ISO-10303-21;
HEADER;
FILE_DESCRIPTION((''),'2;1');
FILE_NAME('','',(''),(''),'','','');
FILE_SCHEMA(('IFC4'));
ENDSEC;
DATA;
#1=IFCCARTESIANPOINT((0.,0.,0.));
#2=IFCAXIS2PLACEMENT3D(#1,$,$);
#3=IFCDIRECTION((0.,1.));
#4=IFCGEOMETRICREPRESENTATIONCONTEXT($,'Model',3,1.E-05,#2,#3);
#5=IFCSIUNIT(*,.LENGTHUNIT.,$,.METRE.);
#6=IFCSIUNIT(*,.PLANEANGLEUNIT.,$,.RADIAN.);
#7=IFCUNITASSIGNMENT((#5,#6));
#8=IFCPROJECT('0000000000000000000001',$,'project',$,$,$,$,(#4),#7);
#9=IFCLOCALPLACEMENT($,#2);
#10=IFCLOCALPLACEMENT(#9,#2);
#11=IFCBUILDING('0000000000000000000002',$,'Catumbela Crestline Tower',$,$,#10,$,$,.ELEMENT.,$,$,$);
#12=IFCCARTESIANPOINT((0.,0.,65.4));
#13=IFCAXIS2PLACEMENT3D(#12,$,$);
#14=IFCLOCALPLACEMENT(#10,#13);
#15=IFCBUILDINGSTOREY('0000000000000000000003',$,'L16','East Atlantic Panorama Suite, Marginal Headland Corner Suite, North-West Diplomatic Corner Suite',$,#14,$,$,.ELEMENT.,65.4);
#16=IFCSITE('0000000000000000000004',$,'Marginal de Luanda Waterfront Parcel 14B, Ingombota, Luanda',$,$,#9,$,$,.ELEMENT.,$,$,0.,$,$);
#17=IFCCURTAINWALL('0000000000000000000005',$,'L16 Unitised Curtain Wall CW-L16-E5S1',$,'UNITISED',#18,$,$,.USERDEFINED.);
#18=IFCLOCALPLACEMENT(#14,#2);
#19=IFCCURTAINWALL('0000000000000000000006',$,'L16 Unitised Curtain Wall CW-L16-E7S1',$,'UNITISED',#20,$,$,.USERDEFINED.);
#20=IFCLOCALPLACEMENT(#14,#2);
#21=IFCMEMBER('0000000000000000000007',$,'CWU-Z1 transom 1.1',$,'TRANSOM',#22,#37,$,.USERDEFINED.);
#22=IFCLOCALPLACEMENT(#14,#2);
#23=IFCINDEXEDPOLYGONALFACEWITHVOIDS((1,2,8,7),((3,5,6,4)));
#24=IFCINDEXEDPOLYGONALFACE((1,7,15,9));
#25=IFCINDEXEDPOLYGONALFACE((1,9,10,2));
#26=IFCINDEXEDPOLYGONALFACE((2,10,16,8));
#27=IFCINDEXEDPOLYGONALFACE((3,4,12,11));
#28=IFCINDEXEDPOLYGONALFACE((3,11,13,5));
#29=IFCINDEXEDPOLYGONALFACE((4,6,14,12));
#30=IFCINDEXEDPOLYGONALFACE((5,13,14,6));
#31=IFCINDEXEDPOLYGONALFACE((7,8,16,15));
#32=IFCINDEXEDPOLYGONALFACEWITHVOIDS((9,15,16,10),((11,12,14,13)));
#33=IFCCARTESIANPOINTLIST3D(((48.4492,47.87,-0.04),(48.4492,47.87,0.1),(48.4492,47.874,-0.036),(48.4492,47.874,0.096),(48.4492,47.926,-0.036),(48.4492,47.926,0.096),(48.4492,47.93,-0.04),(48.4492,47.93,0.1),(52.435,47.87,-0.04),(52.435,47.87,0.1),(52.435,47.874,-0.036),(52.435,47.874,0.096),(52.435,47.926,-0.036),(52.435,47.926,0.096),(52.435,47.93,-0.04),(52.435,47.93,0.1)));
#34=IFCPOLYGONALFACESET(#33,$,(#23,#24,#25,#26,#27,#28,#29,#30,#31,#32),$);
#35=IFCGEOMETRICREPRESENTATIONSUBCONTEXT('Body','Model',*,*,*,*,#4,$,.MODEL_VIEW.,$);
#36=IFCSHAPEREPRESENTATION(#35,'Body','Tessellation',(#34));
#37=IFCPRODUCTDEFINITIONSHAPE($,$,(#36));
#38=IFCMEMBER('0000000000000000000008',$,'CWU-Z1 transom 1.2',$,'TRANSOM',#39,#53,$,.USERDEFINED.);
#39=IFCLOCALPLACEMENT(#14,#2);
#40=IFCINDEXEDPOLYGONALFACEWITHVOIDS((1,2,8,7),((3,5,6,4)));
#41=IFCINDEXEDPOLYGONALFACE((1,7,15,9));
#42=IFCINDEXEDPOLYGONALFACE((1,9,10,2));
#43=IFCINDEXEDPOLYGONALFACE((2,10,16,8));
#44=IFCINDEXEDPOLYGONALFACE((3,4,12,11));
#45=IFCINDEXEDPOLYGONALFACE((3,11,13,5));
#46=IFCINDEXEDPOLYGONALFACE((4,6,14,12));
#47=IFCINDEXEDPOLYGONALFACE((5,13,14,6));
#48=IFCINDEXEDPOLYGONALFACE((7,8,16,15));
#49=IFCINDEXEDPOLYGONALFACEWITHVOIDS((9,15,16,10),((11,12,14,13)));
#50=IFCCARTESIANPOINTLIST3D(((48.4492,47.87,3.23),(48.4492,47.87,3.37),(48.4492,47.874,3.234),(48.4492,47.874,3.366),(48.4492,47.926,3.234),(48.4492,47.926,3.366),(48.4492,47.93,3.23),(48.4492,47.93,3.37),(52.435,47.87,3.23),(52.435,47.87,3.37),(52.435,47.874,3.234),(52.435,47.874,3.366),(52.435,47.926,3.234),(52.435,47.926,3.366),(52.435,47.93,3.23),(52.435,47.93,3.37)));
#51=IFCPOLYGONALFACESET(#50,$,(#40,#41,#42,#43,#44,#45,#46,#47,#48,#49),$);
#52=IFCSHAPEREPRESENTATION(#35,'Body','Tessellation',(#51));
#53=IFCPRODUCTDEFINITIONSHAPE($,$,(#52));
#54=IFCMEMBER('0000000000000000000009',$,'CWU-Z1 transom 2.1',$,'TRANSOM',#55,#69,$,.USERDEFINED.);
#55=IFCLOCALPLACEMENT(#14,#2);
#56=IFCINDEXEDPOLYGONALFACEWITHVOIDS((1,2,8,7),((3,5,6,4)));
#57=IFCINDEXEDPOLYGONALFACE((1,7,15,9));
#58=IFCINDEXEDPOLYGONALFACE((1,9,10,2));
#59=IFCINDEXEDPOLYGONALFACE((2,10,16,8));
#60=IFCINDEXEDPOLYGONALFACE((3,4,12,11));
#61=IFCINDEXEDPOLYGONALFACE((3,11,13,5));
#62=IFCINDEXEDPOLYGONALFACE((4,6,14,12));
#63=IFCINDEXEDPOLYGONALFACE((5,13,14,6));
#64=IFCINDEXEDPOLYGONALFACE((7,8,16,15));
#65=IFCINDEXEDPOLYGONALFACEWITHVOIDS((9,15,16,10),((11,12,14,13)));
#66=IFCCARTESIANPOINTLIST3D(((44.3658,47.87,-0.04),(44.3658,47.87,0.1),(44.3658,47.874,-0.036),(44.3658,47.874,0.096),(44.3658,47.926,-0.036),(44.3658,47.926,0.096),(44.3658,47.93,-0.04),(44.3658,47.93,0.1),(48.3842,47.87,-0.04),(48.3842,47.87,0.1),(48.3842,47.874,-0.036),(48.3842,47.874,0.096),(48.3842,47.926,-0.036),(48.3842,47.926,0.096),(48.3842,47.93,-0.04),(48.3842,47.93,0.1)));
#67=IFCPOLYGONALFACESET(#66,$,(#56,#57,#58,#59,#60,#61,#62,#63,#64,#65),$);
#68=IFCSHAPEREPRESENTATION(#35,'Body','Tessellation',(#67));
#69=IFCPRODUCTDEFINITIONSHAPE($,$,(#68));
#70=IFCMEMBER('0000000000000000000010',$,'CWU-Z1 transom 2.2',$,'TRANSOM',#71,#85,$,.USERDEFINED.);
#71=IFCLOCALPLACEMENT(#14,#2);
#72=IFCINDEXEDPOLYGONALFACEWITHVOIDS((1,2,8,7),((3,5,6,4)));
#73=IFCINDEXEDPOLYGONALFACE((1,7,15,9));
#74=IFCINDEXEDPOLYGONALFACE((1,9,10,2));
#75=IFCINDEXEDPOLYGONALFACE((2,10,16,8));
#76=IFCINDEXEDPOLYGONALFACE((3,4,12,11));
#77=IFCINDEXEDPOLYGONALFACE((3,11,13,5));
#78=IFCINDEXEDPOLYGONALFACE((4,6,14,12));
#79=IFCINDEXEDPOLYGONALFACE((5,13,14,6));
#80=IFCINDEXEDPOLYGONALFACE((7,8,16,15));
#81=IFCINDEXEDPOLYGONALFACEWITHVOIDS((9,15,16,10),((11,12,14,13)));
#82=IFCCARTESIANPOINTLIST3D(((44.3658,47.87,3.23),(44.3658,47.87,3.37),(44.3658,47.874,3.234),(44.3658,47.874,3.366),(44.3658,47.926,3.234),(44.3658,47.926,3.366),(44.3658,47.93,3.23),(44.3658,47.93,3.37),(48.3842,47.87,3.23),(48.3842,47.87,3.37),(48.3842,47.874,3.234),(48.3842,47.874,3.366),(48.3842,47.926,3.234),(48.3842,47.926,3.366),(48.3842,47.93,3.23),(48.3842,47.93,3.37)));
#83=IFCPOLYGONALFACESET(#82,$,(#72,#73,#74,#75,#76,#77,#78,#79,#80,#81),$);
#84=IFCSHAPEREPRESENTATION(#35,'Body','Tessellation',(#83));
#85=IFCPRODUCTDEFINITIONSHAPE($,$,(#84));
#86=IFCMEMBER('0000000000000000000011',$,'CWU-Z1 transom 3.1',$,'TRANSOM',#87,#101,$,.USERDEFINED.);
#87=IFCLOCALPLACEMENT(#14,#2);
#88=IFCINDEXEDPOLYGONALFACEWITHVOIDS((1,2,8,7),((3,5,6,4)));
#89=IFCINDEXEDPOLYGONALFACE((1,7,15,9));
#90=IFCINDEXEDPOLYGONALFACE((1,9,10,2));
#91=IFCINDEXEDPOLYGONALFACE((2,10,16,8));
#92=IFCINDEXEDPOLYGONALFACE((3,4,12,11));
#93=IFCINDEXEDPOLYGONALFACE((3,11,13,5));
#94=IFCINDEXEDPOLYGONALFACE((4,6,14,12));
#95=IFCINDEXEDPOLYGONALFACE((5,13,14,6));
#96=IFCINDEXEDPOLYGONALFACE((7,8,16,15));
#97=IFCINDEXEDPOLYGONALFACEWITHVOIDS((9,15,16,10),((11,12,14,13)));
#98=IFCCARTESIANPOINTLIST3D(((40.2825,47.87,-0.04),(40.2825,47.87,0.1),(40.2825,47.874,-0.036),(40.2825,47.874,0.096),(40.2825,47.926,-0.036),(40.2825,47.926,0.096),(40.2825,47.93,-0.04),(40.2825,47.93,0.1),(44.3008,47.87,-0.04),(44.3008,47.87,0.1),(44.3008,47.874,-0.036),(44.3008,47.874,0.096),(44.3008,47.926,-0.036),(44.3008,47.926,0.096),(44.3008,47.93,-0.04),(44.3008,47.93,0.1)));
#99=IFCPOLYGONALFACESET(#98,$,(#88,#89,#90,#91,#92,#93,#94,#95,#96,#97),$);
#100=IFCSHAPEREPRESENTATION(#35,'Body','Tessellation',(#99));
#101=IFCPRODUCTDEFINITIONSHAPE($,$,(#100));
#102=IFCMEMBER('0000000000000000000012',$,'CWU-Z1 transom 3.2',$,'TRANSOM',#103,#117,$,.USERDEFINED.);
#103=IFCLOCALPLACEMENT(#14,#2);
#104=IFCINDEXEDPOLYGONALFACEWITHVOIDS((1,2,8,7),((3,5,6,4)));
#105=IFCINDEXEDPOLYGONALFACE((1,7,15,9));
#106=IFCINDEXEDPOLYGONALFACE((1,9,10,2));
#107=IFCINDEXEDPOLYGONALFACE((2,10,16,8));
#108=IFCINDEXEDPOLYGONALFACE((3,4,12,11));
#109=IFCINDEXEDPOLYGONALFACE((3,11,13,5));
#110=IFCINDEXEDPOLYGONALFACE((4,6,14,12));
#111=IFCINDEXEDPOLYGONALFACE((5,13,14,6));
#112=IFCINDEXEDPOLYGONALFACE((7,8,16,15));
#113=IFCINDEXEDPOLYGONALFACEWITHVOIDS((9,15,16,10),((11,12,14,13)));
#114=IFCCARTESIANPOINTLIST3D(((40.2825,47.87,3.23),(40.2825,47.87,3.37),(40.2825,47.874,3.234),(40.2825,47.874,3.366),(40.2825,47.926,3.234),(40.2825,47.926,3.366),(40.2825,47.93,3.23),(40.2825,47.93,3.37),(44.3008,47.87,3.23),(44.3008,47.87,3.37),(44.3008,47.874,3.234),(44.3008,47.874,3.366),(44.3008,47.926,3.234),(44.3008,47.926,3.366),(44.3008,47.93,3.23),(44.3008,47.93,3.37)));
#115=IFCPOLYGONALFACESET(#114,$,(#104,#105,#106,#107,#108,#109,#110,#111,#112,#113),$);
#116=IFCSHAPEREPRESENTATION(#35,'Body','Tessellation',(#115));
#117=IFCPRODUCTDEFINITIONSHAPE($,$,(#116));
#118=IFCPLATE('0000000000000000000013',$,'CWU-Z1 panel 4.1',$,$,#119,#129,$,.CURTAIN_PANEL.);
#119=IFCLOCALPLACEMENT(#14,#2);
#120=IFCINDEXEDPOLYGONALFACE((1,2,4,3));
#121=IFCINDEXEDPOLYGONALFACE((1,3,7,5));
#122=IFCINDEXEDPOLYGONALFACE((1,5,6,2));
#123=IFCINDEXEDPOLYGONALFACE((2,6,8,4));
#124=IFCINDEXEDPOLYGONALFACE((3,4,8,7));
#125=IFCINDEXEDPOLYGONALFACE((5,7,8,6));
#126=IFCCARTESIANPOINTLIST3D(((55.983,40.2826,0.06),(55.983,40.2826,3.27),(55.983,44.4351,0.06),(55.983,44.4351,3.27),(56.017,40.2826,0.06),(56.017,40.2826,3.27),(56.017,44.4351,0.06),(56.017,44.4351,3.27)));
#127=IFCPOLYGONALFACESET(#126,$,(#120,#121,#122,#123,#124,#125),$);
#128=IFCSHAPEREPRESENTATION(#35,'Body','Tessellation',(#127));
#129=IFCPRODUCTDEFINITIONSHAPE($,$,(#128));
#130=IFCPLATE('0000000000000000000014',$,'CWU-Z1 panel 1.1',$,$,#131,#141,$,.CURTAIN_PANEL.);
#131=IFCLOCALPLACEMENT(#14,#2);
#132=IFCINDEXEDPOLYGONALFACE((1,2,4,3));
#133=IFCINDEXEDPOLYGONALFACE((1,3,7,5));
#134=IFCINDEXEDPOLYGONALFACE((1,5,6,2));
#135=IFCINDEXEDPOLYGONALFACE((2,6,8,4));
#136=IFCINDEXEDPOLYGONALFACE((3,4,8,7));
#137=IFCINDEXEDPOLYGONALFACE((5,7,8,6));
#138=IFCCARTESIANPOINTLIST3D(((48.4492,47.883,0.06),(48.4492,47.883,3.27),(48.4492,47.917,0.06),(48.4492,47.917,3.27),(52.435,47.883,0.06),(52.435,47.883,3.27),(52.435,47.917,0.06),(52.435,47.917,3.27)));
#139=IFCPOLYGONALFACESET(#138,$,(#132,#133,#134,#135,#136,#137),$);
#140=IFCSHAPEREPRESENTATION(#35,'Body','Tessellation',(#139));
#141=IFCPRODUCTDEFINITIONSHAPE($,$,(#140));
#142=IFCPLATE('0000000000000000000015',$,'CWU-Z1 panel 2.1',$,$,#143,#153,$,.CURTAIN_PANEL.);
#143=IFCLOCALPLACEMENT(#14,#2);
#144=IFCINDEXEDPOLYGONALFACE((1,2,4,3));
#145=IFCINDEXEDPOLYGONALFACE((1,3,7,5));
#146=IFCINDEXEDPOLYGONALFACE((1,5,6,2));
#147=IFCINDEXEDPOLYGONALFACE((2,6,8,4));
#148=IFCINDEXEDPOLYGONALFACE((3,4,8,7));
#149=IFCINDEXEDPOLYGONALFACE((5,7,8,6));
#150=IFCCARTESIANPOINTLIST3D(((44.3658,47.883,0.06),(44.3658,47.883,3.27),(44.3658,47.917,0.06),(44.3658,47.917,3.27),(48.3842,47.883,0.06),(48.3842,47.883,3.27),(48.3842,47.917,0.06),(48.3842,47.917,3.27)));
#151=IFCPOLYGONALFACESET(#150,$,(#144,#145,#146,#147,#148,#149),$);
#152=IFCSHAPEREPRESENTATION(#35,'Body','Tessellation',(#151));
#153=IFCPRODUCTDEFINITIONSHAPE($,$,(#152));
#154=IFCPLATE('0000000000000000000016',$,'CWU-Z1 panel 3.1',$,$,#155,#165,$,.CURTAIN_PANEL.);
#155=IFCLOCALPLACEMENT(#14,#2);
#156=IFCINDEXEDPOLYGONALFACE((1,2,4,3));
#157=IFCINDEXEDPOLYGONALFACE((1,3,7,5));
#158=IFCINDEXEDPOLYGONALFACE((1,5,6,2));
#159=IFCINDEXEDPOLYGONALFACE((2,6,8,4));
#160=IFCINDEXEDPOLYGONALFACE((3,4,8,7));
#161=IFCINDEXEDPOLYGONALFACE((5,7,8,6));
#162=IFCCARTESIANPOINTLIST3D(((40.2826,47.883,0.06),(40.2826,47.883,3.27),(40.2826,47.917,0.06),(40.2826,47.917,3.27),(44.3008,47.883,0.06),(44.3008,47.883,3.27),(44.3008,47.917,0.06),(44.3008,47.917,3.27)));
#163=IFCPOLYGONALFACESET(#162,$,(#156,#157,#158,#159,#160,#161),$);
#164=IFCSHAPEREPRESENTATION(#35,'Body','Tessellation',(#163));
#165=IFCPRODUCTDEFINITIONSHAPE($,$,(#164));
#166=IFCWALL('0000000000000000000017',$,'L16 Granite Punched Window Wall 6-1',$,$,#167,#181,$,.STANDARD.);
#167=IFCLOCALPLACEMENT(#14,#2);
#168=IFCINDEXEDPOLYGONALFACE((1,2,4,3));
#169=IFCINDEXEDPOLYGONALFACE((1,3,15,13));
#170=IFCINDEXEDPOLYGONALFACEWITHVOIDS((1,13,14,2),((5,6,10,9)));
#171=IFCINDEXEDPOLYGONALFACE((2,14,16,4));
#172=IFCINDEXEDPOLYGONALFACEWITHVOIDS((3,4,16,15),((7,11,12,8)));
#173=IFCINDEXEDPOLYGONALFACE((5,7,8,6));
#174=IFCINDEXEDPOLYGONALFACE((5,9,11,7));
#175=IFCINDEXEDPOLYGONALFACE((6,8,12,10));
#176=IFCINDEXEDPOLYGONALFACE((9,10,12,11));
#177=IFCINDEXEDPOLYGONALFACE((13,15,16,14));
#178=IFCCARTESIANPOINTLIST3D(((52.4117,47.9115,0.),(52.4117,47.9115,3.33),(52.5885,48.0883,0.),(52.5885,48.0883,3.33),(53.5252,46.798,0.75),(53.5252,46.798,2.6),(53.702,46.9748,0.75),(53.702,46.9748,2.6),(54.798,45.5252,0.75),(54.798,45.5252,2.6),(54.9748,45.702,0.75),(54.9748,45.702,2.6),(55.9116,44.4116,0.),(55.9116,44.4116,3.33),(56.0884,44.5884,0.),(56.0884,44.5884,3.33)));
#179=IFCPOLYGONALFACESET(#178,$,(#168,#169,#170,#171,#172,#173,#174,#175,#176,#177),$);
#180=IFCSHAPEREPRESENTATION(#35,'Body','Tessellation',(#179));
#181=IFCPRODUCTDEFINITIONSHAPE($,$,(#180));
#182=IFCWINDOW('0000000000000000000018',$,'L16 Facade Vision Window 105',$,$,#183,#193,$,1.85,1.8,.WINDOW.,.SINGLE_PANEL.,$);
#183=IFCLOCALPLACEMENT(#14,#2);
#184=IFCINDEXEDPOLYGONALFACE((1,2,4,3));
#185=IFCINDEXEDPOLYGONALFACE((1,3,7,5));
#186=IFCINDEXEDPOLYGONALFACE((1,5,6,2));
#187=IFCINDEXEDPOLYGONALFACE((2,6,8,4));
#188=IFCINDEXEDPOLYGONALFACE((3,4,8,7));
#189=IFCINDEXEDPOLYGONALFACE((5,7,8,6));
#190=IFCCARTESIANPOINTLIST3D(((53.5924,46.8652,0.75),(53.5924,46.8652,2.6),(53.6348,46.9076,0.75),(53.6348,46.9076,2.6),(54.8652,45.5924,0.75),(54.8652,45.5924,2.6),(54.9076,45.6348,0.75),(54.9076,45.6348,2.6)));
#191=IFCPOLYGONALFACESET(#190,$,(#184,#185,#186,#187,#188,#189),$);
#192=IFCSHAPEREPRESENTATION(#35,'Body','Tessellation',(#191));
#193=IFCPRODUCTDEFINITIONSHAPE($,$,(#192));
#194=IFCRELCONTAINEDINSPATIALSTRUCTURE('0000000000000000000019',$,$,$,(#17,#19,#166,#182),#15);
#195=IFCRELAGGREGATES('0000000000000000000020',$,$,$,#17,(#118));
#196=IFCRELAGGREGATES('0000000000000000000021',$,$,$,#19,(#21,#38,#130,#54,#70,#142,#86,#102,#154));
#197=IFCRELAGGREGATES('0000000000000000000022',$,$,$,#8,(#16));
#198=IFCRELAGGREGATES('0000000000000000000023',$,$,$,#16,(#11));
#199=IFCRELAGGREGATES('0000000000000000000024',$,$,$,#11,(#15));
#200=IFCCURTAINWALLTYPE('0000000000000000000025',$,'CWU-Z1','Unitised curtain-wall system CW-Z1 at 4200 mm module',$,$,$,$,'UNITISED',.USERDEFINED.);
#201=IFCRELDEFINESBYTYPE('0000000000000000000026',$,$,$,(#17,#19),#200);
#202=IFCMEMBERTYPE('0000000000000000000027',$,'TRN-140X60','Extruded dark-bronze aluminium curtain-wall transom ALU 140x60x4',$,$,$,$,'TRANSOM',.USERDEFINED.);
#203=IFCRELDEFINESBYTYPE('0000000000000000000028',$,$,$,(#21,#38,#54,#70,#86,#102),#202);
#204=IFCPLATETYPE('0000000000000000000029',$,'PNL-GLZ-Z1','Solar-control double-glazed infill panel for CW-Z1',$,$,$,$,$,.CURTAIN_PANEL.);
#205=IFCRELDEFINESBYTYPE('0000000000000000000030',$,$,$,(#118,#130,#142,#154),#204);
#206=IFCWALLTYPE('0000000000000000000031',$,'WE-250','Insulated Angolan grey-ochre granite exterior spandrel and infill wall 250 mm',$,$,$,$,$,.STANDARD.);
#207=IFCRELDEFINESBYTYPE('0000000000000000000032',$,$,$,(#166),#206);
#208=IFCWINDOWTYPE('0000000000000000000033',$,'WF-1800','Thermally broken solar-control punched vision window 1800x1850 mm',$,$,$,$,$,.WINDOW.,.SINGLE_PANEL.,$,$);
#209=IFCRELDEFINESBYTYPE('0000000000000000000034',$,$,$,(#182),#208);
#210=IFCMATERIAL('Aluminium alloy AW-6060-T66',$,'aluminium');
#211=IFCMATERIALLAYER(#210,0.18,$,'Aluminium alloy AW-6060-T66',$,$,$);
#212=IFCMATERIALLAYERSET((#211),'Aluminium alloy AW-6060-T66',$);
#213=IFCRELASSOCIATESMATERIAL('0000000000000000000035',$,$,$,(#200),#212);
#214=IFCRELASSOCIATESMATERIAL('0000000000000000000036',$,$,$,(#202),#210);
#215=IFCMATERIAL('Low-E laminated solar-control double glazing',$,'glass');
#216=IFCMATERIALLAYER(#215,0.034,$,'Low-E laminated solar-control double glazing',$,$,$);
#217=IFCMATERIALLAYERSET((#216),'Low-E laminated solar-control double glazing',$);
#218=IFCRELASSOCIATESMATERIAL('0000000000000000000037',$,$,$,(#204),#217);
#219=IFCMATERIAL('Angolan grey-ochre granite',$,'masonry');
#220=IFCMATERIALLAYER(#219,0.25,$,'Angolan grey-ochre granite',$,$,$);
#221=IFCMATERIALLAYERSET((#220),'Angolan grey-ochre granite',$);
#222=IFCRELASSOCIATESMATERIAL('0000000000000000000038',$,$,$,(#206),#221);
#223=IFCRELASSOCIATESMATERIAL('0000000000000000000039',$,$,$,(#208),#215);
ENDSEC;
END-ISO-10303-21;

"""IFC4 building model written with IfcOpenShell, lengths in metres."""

from ifc_helpers import new_model, si_unit, direction, frame, frame_2d, origin, origin_2d, place, context, subcontext, project, spatial, rectangle, hollow_rectangle, extrude, material, layer, layer_set, material_profile, profile_set, type_object, element, fill, aggregate, save


model = new_model("IFC4")

# Units and contexts
model_context = context("Model", 3, precision=1e-05, world=origin(), true_north=direction((0.0, 1.0)))
body_context = subcontext(model_context, "Body", "Model", "MODEL_VIEW")
ifc_project = project(units=[si_unit("LENGTHUNIT", "METRE"), si_unit("PLANEANGLEUNIT", "RADIAN")], contexts=[model_context])

# Site, building, storey
site_placement = place(None, origin())
site = spatial("IfcSite", under=ifc_project, at=site_placement, Name="Marginal de Luanda Waterfront Parcel 14B, Ingombota, Luanda", CompositionType="ELEMENT", RefElevation=0.0)
building_placement = place(site_placement, origin())
building = spatial("IfcBuilding", under=site, at=building_placement, Name="Catumbela Crestline Tower", CompositionType="ELEMENT")
storey_placement = place(building_placement, frame((0.0, 0.0, 65.4)))
storey = spatial("IfcBuildingStorey", under=building, at=storey_placement, Name="L16", Description="East Atlantic Panorama Suite, Marginal Headland Corner Suite, North-West Diplomatic Corner Suite", CompositionType="ELEMENT", Elevation=65.4)

# Curtain walls
ifc_material_1 = material(Name="Aluminium alloy AW-6060-T66", Category="aluminium")
ifc_layer_1 = layer(ifc_material_1, 0.18, Name="Aluminium alloy AW-6060-T66")
ifc_layer_set_1 = layer_set([ifc_layer_1], Name="Aluminium alloy AW-6060-T66")
curtain_wall_type = type_object("IfcCurtainWallType", Name="CWU-Z1", Description="Unitised curtain-wall system CW-Z1 at 4200 mm module", ElementType="UNITISED", PredefinedType="USERDEFINED", material=ifc_layer_set_1)
curtain_wall_1_placement = place(storey_placement, origin())
curtain_wall_1 = element("IfcCurtainWall", 1, at=curtain_wall_1_placement, inside=storey, type_object=curtain_wall_type, Name="L16 Unitised Curtain Wall CW-L16-E5S1", ObjectType="UNITISED", PredefinedType="USERDEFINED")
curtain_wall_2_placement = place(storey_placement, origin())
curtain_wall_2 = element("IfcCurtainWall", 2, at=curtain_wall_2_placement, inside=storey, type_object=curtain_wall_type, Name="L16 Unitised Curtain Wall CW-L16-E7S1", ObjectType="UNITISED", PredefinedType="USERDEFINED")

# Members
ifc_material_profile_1 = material_profile(ifc_material_1, hollow_rectangle(XDim=0.06, YDim=0.14, WallThickness=0.004, at=origin_2d()), Name="ALU 140x60x4")
ifc_profile_set_1 = profile_set([ifc_material_profile_1], Name="Aluminium alloy AW-6060-T66")
member_type_1 = type_object("IfcMemberType", Name="TRN-140X60", Description="Extruded dark-bronze aluminium curtain-wall transom ALU 140x60x4", ElementType="TRANSOM", PredefinedType="USERDEFINED", material=ifc_profile_set_1)
member_1_placement = place(storey_placement, frame((52.435, 47.9, 0.03), z_axis=(-1.0, 0.0, 0.0), x_axis=(0.0, -1.0, 0.0)))
member_1 = element("IfcMember", 3, at=member_1_placement, type_object=member_type_1, Name="CWU-Z1 transom 1.1", ObjectType="TRANSOM", PredefinedType="USERDEFINED", context=body_context, shape_type="SweptSolid", body=[
    extrude(hollow_rectangle(XDim=0.06, YDim=0.14, WallThickness=0.004, at=origin_2d()), origin(), (0.0, 0.0, 1.0), 3.9858),
])
member_2_placement = place(storey_placement, frame((52.435, 47.9, 3.3), z_axis=(-1.0, 0.0, 0.0), x_axis=(0.0, -1.0, 0.0)))
member_2 = element("IfcMember", 4, at=member_2_placement, type_object=member_type_1, Name="CWU-Z1 transom 1.2", ObjectType="TRANSOM", PredefinedType="USERDEFINED", context=body_context, shape_type="SweptSolid", body=[
    extrude(hollow_rectangle(XDim=0.06, YDim=0.14, WallThickness=0.004, at=origin_2d()), origin(), (0.0, 0.0, 1.0), 3.9858),
])
member_3_placement = place(storey_placement, frame((48.3842, 47.9, 0.03), z_axis=(-1.0, 0.0, 0.0), x_axis=(0.0, -1.0, 0.0)))
member_3 = element("IfcMember", 5, at=member_3_placement, type_object=member_type_1, Name="CWU-Z1 transom 2.1", ObjectType="TRANSOM", PredefinedType="USERDEFINED", context=body_context, shape_type="SweptSolid", body=[
    extrude(hollow_rectangle(XDim=0.06, YDim=0.14, WallThickness=0.004, at=origin_2d()), origin(), (0.0, 0.0, 1.0), 4.0184),
])
member_4_placement = place(storey_placement, frame((48.3842, 47.9, 3.3), z_axis=(-1.0, 0.0, 0.0), x_axis=(0.0, -1.0, 0.0)))
member_4 = element("IfcMember", 6, at=member_4_placement, type_object=member_type_1, Name="CWU-Z1 transom 2.2", ObjectType="TRANSOM", PredefinedType="USERDEFINED", context=body_context, shape_type="SweptSolid", body=[
    extrude(hollow_rectangle(XDim=0.06, YDim=0.14, WallThickness=0.004, at=origin_2d()), origin(), (0.0, 0.0, 1.0), 4.0184),
])
member_5_placement = place(storey_placement, frame((44.3008, 47.9, 0.03), z_axis=(-1.0, 0.0, 0.0), x_axis=(0.0, -1.0, 0.0)))
member_5 = element("IfcMember", 7, at=member_5_placement, type_object=member_type_1, Name="CWU-Z1 transom 3.1", ObjectType="TRANSOM", PredefinedType="USERDEFINED", context=body_context, shape_type="SweptSolid", body=[
    extrude(hollow_rectangle(XDim=0.06, YDim=0.14, WallThickness=0.004, at=origin_2d()), origin(), (0.0, 0.0, 1.0), 4.0183),
])
member_6_placement = place(storey_placement, frame((44.3008, 47.9, 3.3), z_axis=(-1.0, 0.0, 0.0), x_axis=(0.0, -1.0, 0.0)))
member_6 = element("IfcMember", 8, at=member_6_placement, type_object=member_type_1, Name="CWU-Z1 transom 3.2", ObjectType="TRANSOM", PredefinedType="USERDEFINED", context=body_context, shape_type="SweptSolid", body=[
    extrude(hollow_rectangle(XDim=0.06, YDim=0.14, WallThickness=0.004, at=origin_2d()), origin(), (0.0, 0.0, 1.0), 4.0183),
])

# Plates
ifc_material_2 = material(Name="Low-E laminated solar-control double glazing", Category="glass")
ifc_layer_2 = layer(ifc_material_2, 0.034, Name="Low-E laminated solar-control double glazing")
ifc_layer_set_2 = layer_set([ifc_layer_2], Name="Low-E laminated solar-control double glazing")
plate_type = type_object("IfcPlateType", Name="PNL-GLZ-Z1", Description="Solar-control double-glazed infill panel for CW-Z1", PredefinedType="CURTAIN_PANEL", material=ifc_layer_set_2)
plate_1_placement = place(storey_placement, frame((56.0, 42.3588, 0.06), z_axis=(0.0, 0.0, 1.0), x_axis=(0.0, 1.0, 0.0)))
plate_1 = element("IfcPlate", 9, at=plate_1_placement, type_object=plate_type, Name="CWU-Z1 panel 4.1", PredefinedType="CURTAIN_PANEL", context=body_context, shape_type="SweptSolid", body=[
    extrude(rectangle(XDim=4.1525, YDim=0.034, at=origin_2d()), origin(), (0.0, 0.0, 1.0), 3.21),
])
aggregate(curtain_wall_1, [plate_1])
plate_2_placement = place(storey_placement, frame((50.4421, 47.9, 0.06), z_axis=(0.0, 0.0, 1.0), x_axis=(-1.0, 0.0, 0.0)))
plate_2 = element("IfcPlate", 10, at=plate_2_placement, type_object=plate_type, Name="CWU-Z1 panel 1.1", PredefinedType="CURTAIN_PANEL", context=body_context, shape_type="SweptSolid", body=[
    extrude(rectangle(XDim=3.9858, YDim=0.034, at=origin_2d()), origin(), (0.0, 0.0, 1.0), 3.21),
])
plate_3_placement = place(storey_placement, frame((46.375, 47.9, 0.06), z_axis=(0.0, 0.0, 1.0), x_axis=(-1.0, 0.0, 0.0)))
plate_3 = element("IfcPlate", 11, at=plate_3_placement, type_object=plate_type, Name="CWU-Z1 panel 2.1", PredefinedType="CURTAIN_PANEL", context=body_context, shape_type="SweptSolid", body=[
    extrude(rectangle(XDim=4.0183, YDim=0.034, at=origin_2d()), origin(), (0.0, 0.0, 1.0), 3.21),
])
plate_4_placement = place(storey_placement, frame((42.2917, 47.9, 0.06), z_axis=(0.0, 0.0, 1.0), x_axis=(-1.0, 0.0, 0.0)))
plate_4 = element("IfcPlate", 12, at=plate_4_placement, type_object=plate_type, Name="CWU-Z1 panel 3.1", PredefinedType="CURTAIN_PANEL", context=body_context, shape_type="SweptSolid", body=[
    extrude(rectangle(XDim=4.0183, YDim=0.034, at=origin_2d()), origin(), (0.0, 0.0, 1.0), 3.21),
])
aggregate(curtain_wall_2, [member_1, member_2, plate_2, member_3, member_4, plate_3, member_5, member_6, plate_4])

# Wall, opening, window
ifc_material_3 = material(Name="Angolan grey-ochre granite", Category="masonry")
ifc_layer_3 = layer(ifc_material_3, 0.25, Name="Angolan grey-ochre granite")
ifc_layer_set_3 = layer_set([ifc_layer_3], Name="Angolan grey-ochre granite")
wall_type = type_object("IfcWallType", Name="WE-250", Description="Insulated Angolan grey-ochre granite exterior spandrel and infill wall 250 mm", PredefinedType="STANDARD", material=ifc_layer_set_3)
wall_placement = place(storey_placement, frame((56.0, 44.5, 0.0), z_axis=(0.0, 0.0, 1.0), x_axis=(-0.707107, 0.707107, 0.0)))
wall = element("IfcWall", 13, at=wall_placement, inside=storey, type_object=wall_type, Name="L16 Granite Punched Window Wall 6-1", PredefinedType="STANDARD", context=body_context, shape_type="SweptSolid", body=[
    extrude(rectangle(XDim=4.9497, YDim=0.25, at=frame_2d((2.4748, 0.0))), origin(), (0.0, 0.0, 1.0), 3.33),
])
opening_placement = place(wall_placement, frame((1.5749, 0.0, 0.75)))
opening = element("IfcOpeningElement", 14, at=opening_placement, cuts=wall, PredefinedType="OPENING", context=body_context, shape_type="SweptSolid", body=[
    extrude(rectangle(XDim=1.8, YDim=1.85, at=frame_2d((0.9, 0.925))), frame((0.0, 0.135, 0.0), z_axis=(0.0, -1.0, 0.0), x_axis=(1.0, 0.0, 0.0)), (0.0, 0.0, 1.0), 0.27),
])
window_type = type_object("IfcWindowType", Name="WF-1800", Description="Thermally broken solar-control punched vision window 1800x1850 mm", PartitioningType="SINGLE_PANEL", PredefinedType="WINDOW", material=ifc_material_2)
window_placement = place(opening_placement, origin())
window = element("IfcWindow", 15, at=window_placement, inside=storey, type_object=window_type, Name="L16 Facade Vision Window 105", OverallHeight=1.85, OverallWidth=1.8, PartitioningType="SINGLE_PANEL", PredefinedType="WINDOW", context=body_context, shape_type="SweptSolid", body=[
    extrude(rectangle(XDim=1.8, YDim=1.85, at=frame_2d((0.9, 0.925))), frame((0.0, 0.03, 0.0), z_axis=(0.0, -1.0, 0.0), x_axis=(1.0, 0.0, 0.0)), (0.0, 0.0, 1.0), 0.06),
])
fill(opening, window)

save(model, "model.ifc")
